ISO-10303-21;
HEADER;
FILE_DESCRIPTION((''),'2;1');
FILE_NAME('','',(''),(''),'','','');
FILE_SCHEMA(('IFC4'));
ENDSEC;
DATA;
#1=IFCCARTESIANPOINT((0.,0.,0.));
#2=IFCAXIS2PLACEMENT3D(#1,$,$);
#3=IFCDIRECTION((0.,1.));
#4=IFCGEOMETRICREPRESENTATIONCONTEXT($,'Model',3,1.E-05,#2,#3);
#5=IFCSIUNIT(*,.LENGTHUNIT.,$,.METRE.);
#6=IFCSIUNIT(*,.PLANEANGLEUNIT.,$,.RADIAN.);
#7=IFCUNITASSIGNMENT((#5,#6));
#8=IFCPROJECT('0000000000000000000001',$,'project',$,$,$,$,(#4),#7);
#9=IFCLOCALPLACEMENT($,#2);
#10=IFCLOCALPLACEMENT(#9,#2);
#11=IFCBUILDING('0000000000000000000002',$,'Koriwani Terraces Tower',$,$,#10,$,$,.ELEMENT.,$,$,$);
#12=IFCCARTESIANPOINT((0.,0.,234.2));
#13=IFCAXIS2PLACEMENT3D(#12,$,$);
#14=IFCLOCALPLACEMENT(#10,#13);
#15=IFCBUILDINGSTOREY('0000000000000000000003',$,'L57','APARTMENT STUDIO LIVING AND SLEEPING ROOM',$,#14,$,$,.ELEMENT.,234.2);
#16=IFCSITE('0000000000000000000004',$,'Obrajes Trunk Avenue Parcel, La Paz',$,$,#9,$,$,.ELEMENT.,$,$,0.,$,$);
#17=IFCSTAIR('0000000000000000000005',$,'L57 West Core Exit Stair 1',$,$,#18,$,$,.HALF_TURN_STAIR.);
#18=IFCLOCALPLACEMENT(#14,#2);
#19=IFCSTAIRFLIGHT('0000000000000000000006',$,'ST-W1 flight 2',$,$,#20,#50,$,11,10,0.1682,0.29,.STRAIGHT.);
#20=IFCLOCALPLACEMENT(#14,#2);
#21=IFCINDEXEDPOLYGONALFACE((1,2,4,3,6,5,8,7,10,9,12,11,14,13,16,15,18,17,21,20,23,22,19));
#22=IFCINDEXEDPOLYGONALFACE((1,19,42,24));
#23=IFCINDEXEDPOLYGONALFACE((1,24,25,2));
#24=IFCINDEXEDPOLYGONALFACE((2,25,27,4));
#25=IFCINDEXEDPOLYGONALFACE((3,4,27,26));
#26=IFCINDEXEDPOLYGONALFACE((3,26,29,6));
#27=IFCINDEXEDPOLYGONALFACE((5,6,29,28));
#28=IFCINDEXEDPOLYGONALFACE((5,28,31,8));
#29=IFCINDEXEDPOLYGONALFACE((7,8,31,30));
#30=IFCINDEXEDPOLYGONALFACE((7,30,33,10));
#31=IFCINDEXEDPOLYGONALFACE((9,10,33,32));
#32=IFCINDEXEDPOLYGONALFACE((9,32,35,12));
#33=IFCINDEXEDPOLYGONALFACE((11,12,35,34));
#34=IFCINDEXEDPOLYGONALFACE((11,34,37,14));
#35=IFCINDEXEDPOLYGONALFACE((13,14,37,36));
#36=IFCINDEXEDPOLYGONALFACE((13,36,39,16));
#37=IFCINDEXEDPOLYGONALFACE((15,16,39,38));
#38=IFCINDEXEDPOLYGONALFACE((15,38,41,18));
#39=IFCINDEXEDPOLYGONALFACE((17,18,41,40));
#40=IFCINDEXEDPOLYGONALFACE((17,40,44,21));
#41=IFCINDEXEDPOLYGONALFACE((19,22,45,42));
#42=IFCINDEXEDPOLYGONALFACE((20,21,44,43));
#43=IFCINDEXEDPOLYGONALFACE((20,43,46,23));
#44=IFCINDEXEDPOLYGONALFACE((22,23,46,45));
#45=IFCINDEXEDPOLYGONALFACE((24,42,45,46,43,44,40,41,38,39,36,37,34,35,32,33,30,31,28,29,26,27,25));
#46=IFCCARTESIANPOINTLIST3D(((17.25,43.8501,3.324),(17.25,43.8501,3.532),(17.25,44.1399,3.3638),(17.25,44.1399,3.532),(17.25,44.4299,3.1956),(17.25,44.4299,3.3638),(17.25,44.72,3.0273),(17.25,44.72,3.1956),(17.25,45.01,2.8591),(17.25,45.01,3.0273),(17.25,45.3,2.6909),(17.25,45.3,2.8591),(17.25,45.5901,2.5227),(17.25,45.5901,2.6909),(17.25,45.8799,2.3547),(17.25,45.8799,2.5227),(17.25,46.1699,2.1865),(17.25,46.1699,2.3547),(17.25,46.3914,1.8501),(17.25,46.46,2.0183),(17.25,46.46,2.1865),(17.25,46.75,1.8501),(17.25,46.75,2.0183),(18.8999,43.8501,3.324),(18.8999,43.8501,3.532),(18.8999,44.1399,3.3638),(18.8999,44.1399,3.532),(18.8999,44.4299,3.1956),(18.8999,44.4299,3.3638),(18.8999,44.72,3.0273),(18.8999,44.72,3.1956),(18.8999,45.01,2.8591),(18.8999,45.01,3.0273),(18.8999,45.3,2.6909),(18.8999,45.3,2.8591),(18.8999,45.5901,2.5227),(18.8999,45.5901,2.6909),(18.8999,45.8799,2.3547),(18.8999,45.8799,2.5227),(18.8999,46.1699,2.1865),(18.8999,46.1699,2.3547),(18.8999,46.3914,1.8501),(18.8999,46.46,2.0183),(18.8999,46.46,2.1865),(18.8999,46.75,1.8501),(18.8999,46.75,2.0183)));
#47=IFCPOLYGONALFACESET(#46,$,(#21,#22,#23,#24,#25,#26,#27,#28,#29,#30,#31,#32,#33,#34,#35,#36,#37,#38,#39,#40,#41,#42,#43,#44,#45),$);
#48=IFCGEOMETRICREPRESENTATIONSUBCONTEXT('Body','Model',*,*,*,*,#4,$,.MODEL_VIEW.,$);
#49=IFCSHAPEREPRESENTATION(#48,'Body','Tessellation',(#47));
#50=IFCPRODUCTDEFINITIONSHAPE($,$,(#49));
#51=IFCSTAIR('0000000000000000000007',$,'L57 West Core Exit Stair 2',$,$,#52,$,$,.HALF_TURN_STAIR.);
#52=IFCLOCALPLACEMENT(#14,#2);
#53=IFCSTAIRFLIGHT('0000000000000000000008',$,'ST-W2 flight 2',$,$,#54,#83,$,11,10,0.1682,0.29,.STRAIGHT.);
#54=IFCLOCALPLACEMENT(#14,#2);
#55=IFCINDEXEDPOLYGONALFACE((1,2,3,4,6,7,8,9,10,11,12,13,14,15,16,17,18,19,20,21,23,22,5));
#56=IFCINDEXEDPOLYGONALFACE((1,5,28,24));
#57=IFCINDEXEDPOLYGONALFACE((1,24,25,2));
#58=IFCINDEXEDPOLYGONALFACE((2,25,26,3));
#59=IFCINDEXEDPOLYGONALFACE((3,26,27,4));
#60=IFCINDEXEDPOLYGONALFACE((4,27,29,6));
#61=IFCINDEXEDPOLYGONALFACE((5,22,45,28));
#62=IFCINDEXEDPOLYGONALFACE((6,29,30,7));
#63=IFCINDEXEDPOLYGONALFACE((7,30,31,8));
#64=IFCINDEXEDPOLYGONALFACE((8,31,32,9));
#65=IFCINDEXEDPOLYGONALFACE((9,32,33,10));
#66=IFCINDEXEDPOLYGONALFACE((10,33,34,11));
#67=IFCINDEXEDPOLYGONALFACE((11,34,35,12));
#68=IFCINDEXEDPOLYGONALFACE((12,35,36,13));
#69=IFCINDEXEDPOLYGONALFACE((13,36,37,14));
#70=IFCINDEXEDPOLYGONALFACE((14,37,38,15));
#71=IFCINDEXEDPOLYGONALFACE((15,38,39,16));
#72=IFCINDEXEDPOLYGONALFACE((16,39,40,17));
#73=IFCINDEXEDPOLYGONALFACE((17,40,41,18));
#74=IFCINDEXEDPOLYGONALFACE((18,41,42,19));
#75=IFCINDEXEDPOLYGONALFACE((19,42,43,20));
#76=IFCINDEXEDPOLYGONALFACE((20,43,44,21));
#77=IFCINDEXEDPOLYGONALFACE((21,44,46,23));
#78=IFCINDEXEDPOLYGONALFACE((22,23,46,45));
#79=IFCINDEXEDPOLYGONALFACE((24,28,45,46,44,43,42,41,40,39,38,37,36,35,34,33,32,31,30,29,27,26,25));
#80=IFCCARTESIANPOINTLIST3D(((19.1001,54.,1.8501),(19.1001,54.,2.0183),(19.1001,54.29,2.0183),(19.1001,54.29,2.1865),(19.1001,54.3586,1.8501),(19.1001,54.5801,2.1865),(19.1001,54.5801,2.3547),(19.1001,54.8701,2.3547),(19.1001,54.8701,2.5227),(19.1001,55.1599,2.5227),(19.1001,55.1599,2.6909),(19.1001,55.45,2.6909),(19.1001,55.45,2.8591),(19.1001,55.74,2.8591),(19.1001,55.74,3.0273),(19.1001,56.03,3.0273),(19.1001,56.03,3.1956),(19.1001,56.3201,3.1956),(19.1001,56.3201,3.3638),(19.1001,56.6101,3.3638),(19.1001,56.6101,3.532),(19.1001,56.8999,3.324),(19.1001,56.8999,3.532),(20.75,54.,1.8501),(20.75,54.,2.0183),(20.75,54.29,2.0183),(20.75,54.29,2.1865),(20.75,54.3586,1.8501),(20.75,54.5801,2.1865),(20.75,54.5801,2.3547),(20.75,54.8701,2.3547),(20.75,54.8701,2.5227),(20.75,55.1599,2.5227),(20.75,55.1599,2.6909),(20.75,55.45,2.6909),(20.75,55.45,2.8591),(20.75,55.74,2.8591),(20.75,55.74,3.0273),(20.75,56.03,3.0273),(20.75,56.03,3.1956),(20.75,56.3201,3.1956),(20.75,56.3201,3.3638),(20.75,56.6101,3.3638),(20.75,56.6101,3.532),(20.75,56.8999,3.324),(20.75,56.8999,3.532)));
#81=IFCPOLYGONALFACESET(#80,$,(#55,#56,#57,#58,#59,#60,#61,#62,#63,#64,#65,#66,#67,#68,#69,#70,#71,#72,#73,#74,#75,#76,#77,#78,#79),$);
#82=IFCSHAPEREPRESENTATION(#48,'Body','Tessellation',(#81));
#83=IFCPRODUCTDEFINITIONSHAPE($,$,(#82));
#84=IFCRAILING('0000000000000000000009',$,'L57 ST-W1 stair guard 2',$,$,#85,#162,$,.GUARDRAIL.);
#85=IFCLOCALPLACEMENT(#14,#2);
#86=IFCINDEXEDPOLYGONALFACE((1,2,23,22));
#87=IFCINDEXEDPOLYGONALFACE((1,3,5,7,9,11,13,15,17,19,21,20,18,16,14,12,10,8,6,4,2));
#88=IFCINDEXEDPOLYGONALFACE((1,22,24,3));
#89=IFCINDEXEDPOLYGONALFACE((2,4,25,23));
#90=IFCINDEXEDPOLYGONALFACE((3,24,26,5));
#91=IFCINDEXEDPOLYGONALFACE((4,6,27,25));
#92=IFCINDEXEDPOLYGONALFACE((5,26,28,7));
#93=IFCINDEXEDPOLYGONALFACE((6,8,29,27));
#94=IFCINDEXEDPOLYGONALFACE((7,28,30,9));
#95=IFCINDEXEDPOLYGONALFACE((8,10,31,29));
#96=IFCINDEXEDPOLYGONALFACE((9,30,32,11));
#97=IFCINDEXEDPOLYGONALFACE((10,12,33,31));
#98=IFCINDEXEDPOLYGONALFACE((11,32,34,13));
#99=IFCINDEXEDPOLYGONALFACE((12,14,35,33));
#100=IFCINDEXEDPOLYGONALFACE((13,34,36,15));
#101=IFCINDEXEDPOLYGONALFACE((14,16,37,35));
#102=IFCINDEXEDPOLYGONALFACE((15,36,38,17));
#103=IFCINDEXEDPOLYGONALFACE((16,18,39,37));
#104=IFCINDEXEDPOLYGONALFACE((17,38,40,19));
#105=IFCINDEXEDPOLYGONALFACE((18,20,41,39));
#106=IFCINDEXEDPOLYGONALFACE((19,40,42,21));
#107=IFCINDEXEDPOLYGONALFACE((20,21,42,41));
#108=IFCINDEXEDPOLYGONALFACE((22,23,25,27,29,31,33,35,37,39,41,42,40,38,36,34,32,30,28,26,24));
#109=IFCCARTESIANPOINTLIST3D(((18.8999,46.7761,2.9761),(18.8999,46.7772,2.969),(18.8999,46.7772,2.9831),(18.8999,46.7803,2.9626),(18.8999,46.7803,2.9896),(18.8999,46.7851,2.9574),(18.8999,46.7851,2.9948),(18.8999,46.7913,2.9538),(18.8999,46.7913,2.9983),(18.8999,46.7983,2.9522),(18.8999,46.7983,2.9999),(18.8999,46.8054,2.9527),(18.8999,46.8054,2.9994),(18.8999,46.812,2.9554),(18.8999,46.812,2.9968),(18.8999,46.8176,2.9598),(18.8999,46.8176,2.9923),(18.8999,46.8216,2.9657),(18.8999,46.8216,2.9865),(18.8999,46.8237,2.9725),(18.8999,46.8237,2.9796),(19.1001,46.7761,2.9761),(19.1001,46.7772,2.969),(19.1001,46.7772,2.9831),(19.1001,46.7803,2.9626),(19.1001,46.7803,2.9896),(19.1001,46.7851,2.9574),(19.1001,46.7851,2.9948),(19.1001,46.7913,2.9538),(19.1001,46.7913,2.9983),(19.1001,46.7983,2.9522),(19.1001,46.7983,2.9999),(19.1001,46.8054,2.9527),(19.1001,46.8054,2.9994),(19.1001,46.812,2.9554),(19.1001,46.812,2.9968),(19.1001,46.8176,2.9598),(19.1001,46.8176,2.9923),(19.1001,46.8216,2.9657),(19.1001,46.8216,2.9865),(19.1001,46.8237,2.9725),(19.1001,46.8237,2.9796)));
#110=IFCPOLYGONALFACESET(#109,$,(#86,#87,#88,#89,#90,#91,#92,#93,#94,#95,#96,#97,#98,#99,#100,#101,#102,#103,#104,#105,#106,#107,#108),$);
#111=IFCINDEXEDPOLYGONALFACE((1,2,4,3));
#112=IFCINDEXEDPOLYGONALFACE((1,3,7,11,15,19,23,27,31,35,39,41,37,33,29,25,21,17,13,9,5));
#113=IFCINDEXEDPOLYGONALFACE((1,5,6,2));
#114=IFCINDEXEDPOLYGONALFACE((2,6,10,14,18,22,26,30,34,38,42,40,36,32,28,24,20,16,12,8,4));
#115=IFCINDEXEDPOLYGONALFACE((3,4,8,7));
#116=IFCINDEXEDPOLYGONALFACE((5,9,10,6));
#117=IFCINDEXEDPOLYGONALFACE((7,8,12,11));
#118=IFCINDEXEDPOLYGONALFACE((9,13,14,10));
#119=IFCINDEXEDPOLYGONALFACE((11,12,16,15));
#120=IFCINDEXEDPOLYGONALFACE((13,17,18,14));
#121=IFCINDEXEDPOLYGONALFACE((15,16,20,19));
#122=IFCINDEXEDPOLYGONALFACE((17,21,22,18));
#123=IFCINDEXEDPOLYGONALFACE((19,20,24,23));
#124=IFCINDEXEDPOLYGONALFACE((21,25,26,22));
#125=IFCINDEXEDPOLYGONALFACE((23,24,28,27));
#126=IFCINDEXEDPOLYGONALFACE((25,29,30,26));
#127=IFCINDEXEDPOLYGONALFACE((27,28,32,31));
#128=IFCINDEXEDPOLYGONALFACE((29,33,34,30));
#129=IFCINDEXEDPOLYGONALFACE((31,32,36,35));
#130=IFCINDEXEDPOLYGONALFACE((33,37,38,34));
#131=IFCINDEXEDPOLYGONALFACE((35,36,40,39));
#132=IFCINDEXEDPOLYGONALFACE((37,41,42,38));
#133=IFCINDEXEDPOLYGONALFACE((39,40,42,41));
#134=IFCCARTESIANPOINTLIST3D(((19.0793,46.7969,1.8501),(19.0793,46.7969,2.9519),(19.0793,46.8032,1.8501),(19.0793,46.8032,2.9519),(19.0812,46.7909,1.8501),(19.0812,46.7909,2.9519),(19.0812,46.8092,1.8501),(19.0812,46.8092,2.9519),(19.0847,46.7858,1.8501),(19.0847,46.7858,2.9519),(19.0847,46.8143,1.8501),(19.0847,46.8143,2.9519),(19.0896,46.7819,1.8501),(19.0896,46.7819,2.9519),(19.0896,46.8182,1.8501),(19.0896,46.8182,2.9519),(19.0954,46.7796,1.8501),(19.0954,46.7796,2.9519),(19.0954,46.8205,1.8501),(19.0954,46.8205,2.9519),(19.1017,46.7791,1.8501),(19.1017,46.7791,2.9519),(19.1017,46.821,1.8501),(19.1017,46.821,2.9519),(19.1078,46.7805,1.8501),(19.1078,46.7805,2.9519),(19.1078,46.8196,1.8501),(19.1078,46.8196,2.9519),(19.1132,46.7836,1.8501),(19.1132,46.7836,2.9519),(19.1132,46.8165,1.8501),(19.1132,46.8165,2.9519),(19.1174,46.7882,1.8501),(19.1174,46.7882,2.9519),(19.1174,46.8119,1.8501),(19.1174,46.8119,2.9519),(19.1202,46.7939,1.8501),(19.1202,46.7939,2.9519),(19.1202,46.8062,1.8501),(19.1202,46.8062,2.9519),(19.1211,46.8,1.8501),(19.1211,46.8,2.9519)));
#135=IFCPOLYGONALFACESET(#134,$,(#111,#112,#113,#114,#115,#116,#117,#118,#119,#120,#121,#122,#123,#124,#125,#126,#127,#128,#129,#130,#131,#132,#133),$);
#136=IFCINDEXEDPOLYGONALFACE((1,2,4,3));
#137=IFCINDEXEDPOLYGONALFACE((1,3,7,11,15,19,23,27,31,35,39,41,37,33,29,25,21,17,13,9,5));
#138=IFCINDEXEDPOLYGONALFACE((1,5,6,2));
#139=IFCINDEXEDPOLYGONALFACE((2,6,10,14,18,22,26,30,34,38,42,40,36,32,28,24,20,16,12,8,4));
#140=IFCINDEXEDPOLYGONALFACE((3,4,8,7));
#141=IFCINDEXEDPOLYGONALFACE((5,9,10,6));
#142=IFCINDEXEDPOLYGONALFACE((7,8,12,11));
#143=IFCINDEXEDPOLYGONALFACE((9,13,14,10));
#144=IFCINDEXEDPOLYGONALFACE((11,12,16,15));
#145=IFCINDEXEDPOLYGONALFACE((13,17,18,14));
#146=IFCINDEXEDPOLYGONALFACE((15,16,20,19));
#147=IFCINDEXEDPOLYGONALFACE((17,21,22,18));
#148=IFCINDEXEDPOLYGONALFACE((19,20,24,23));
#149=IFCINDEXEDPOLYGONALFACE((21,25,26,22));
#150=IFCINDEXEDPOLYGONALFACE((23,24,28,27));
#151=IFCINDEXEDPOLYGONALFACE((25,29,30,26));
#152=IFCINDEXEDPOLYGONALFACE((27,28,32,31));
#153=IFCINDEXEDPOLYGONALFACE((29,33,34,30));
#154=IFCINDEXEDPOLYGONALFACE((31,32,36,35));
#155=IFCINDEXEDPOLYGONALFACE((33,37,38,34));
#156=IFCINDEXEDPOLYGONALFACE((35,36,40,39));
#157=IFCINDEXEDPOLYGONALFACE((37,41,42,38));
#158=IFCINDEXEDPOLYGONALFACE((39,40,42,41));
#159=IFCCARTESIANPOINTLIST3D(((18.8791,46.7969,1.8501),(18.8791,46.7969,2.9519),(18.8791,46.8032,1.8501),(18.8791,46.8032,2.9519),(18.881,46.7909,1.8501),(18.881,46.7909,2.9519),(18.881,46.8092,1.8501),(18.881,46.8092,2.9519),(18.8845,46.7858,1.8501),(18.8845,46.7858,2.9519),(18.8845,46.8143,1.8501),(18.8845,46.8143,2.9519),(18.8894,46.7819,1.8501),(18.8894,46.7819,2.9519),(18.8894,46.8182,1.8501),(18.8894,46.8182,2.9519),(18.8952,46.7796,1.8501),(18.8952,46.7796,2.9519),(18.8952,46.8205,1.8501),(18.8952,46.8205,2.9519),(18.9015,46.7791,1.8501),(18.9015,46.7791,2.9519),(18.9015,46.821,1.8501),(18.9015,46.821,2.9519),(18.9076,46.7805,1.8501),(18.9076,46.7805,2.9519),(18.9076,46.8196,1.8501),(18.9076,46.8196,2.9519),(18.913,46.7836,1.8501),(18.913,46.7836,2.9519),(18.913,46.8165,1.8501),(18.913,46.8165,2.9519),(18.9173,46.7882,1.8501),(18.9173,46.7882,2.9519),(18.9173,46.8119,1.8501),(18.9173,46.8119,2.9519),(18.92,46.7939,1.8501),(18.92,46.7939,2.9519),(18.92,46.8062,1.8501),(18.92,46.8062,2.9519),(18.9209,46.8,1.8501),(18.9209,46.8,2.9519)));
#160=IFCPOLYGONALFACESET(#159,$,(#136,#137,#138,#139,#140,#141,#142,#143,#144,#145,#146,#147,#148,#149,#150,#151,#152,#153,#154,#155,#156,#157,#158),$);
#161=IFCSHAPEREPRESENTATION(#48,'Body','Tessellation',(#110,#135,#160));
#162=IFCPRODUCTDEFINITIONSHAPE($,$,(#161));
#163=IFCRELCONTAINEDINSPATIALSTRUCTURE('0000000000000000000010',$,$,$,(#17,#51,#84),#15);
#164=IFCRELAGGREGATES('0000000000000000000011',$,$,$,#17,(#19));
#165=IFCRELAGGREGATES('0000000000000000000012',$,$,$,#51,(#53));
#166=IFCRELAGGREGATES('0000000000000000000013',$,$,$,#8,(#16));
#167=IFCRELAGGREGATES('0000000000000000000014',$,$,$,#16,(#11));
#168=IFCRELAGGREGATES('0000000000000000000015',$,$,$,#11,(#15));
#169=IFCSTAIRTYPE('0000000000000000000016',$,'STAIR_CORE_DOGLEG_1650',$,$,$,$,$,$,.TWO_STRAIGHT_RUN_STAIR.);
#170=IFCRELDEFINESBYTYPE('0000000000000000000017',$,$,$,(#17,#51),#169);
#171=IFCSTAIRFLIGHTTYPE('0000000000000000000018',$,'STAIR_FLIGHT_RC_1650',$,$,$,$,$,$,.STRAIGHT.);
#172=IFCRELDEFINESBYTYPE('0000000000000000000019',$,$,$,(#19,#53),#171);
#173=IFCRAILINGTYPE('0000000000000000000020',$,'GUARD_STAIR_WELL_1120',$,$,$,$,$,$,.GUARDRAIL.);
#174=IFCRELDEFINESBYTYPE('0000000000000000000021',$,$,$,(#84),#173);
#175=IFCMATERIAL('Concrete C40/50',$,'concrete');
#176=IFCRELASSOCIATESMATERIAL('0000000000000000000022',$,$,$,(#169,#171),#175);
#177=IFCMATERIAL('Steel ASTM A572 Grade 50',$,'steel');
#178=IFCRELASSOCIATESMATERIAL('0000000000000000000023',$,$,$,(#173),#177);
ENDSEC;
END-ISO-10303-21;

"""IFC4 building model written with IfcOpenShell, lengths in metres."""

from ifc_helpers import new_model, si_unit, direction, frame, origin, origin_2d, place, context, subcontext, project, spatial, polyline, circle, outline, extrude, material, type_object, element, aggregate, save


model = new_model("IFC4")

# Units and contexts
model_context = context("Model", 3, precision=1e-05, world=origin(), true_north=direction((0.0, 1.0)))
body_context = subcontext(model_context, "Body", "Model", "MODEL_VIEW")
ifc_project = project(units=[si_unit("LENGTHUNIT", "METRE"), si_unit("PLANEANGLEUNIT", "RADIAN")], contexts=[model_context])

# Site, building, storey
site_placement = place(None, origin())
site = spatial("IfcSite", under=ifc_project, at=site_placement, Name="Obrajes Trunk Avenue Parcel, La Paz", CompositionType="ELEMENT", RefElevation=0.0)
building_placement = place(site_placement, origin())
building = spatial("IfcBuilding", under=site, at=building_placement, Name="Koriwani Terraces Tower", CompositionType="ELEMENT")
storey_placement = place(building_placement, frame((0.0, 0.0, 234.2)))
storey = spatial("IfcBuildingStorey", under=building, at=storey_placement, Name="L57", Description="APARTMENT STUDIO LIVING AND SLEEPING ROOM", CompositionType="ELEMENT", Elevation=234.2)

# Shared definitions
ifc_material_1 = material(Name="Steel ASTM A572 Grade 50", Category="steel")

# Shared definitions
ifc_material_2 = material(Name="Concrete C40/50", Category="concrete")

# Stairs, stair flights
stair_type = type_object("IfcStairType", Name="STAIR_CORE_DOGLEG_1650", PredefinedType="TWO_STRAIGHT_RUN_STAIR", material=ifc_material_2)
stair_1_placement = place(storey_placement, origin())
stair_1 = element("IfcStair", 1, at=stair_1_placement, inside=storey, type_object=stair_type, Name="L57 West Core Exit Stair 1", PredefinedType="HALF_TURN_STAIR")
stair_flight_type = type_object("IfcStairFlightType", Name="STAIR_FLIGHT_RC_1650", PredefinedType="STRAIGHT", material=ifc_material_2)
stair_flight_1_placement = place(storey_placement, frame((18.075, 46.75, 1.8501), z_axis=(0.0, 0.0, 1.0), x_axis=(0.0, -1.0, 0.0)))
stair_flight_1 = element("IfcStairFlight", 2, at=stair_flight_1_placement, type_object=stair_flight_type, Name="ST-W1 flight 2", NumberOfRisers=11, NumberOfTreads=10, PredefinedType="STRAIGHT", RiserHeight=0.1682, TreadLength=0.29, context=body_context, shape_type="SweptSolid", body=[
    extrude(outline(polyline([(0.0, 0.0), (0.0, 0.1682), (0.29, 0.1682), (0.29, 0.3364), (0.5801, 0.3364), (0.5801, 0.5046), (0.8701, 0.5046), (0.8701, 0.6726), (1.1599, 0.6726), (1.1599, 0.8408), (1.45, 0.8408), (1.45, 1.009), (1.74, 1.009), (1.74, 1.1772), (2.03, 1.1772), (2.03, 1.3455), (2.3201, 1.3455), (2.3201, 1.5137), (2.6101, 1.5137), (2.6101, 1.6819), (2.8999, 1.6819), (2.8999, 1.8501), (2.8999, 1.4739), (0.3586, 0.0), (0.0, 0.0)])), frame((0.0, 0.825, 0.0), z_axis=(0.0, -1.0, 0.0), x_axis=(1.0, 0.0, 0.0)), (0.0, 0.0, 1.0), 1.6499),
])
aggregate(stair_1, [stair_flight_1])
stair_2_placement = place(storey_placement, origin())
stair_2 = element("IfcStair", 3, at=stair_2_placement, inside=storey, type_object=stair_type, Name="L57 West Core Exit Stair 2", PredefinedType="HALF_TURN_STAIR")
stair_flight_2_placement = place(storey_placement, frame((19.925, 54.0, 1.8501), z_axis=(0.0, 0.0, 1.0), x_axis=(0.0, 1.0, 0.0)))
stair_flight_2 = element("IfcStairFlight", 4, at=stair_flight_2_placement, type_object=stair_flight_type, Name="ST-W2 flight 2", NumberOfRisers=11, NumberOfTreads=10, PredefinedType="STRAIGHT", RiserHeight=0.1682, TreadLength=0.29, context=body_context, shape_type="SweptSolid", body=[
    extrude(outline(polyline([(0.0, 0.0), (0.0, 0.1682), (0.29, 0.1682), (0.29, 0.3364), (0.5801, 0.3364), (0.5801, 0.5046), (0.8701, 0.5046), (0.8701, 0.6726), (1.1599, 0.6726), (1.1599, 0.8408), (1.45, 0.8408), (1.45, 1.009), (1.74, 1.009), (1.74, 1.1772), (2.03, 1.1772), (2.03, 1.3455), (2.3201, 1.3455), (2.3201, 1.5137), (2.6101, 1.5137), (2.6101, 1.6819), (2.8999, 1.6819), (2.8999, 1.8501), (2.8999, 1.4739), (0.3586, 0.0), (0.0, 0.0)])), frame((0.0, 0.825, 0.0), z_axis=(0.0, -1.0, 0.0), x_axis=(1.0, 0.0, 0.0)), (0.0, 0.0, 1.0), 1.6499),
])
aggregate(stair_2, [stair_flight_2])

# Railing
railing_type_1 = type_object("IfcRailingType", Name="GUARD_STAIR_WELL_1120", PredefinedType="GUARDRAIL", material=ifc_material_1)
railing_1_placement = place(storey_placement, frame((19.1001, 46.8, 1.8501)))
element("IfcRailing", 5, at=railing_1_placement, inside=storey, type_object=railing_type_1, Name="L57 ST-W1 stair guard 2", PredefinedType="GUARDRAIL", context=body_context, shape_type="SweptSolid", body=[
    extrude(circle(Radius=0.0239, at=origin_2d()), frame((0.0, 0.0, 1.126), z_axis=(-1.0, 0.0, 0.0), x_axis=(0.0, -1.0, 0.0)), (0.0, 0.0, 1.0), 0.2002),
    extrude(circle(Radius=0.021, at=origin_2d()), origin(), (0.0, 0.0, 1.0), 1.1018),
    extrude(circle(Radius=0.021, at=origin_2d()), frame((-0.2002, 0.0, 0.0)), (0.0, 0.0, 1.0), 1.1018),
])

save(model, "model.ifc")
